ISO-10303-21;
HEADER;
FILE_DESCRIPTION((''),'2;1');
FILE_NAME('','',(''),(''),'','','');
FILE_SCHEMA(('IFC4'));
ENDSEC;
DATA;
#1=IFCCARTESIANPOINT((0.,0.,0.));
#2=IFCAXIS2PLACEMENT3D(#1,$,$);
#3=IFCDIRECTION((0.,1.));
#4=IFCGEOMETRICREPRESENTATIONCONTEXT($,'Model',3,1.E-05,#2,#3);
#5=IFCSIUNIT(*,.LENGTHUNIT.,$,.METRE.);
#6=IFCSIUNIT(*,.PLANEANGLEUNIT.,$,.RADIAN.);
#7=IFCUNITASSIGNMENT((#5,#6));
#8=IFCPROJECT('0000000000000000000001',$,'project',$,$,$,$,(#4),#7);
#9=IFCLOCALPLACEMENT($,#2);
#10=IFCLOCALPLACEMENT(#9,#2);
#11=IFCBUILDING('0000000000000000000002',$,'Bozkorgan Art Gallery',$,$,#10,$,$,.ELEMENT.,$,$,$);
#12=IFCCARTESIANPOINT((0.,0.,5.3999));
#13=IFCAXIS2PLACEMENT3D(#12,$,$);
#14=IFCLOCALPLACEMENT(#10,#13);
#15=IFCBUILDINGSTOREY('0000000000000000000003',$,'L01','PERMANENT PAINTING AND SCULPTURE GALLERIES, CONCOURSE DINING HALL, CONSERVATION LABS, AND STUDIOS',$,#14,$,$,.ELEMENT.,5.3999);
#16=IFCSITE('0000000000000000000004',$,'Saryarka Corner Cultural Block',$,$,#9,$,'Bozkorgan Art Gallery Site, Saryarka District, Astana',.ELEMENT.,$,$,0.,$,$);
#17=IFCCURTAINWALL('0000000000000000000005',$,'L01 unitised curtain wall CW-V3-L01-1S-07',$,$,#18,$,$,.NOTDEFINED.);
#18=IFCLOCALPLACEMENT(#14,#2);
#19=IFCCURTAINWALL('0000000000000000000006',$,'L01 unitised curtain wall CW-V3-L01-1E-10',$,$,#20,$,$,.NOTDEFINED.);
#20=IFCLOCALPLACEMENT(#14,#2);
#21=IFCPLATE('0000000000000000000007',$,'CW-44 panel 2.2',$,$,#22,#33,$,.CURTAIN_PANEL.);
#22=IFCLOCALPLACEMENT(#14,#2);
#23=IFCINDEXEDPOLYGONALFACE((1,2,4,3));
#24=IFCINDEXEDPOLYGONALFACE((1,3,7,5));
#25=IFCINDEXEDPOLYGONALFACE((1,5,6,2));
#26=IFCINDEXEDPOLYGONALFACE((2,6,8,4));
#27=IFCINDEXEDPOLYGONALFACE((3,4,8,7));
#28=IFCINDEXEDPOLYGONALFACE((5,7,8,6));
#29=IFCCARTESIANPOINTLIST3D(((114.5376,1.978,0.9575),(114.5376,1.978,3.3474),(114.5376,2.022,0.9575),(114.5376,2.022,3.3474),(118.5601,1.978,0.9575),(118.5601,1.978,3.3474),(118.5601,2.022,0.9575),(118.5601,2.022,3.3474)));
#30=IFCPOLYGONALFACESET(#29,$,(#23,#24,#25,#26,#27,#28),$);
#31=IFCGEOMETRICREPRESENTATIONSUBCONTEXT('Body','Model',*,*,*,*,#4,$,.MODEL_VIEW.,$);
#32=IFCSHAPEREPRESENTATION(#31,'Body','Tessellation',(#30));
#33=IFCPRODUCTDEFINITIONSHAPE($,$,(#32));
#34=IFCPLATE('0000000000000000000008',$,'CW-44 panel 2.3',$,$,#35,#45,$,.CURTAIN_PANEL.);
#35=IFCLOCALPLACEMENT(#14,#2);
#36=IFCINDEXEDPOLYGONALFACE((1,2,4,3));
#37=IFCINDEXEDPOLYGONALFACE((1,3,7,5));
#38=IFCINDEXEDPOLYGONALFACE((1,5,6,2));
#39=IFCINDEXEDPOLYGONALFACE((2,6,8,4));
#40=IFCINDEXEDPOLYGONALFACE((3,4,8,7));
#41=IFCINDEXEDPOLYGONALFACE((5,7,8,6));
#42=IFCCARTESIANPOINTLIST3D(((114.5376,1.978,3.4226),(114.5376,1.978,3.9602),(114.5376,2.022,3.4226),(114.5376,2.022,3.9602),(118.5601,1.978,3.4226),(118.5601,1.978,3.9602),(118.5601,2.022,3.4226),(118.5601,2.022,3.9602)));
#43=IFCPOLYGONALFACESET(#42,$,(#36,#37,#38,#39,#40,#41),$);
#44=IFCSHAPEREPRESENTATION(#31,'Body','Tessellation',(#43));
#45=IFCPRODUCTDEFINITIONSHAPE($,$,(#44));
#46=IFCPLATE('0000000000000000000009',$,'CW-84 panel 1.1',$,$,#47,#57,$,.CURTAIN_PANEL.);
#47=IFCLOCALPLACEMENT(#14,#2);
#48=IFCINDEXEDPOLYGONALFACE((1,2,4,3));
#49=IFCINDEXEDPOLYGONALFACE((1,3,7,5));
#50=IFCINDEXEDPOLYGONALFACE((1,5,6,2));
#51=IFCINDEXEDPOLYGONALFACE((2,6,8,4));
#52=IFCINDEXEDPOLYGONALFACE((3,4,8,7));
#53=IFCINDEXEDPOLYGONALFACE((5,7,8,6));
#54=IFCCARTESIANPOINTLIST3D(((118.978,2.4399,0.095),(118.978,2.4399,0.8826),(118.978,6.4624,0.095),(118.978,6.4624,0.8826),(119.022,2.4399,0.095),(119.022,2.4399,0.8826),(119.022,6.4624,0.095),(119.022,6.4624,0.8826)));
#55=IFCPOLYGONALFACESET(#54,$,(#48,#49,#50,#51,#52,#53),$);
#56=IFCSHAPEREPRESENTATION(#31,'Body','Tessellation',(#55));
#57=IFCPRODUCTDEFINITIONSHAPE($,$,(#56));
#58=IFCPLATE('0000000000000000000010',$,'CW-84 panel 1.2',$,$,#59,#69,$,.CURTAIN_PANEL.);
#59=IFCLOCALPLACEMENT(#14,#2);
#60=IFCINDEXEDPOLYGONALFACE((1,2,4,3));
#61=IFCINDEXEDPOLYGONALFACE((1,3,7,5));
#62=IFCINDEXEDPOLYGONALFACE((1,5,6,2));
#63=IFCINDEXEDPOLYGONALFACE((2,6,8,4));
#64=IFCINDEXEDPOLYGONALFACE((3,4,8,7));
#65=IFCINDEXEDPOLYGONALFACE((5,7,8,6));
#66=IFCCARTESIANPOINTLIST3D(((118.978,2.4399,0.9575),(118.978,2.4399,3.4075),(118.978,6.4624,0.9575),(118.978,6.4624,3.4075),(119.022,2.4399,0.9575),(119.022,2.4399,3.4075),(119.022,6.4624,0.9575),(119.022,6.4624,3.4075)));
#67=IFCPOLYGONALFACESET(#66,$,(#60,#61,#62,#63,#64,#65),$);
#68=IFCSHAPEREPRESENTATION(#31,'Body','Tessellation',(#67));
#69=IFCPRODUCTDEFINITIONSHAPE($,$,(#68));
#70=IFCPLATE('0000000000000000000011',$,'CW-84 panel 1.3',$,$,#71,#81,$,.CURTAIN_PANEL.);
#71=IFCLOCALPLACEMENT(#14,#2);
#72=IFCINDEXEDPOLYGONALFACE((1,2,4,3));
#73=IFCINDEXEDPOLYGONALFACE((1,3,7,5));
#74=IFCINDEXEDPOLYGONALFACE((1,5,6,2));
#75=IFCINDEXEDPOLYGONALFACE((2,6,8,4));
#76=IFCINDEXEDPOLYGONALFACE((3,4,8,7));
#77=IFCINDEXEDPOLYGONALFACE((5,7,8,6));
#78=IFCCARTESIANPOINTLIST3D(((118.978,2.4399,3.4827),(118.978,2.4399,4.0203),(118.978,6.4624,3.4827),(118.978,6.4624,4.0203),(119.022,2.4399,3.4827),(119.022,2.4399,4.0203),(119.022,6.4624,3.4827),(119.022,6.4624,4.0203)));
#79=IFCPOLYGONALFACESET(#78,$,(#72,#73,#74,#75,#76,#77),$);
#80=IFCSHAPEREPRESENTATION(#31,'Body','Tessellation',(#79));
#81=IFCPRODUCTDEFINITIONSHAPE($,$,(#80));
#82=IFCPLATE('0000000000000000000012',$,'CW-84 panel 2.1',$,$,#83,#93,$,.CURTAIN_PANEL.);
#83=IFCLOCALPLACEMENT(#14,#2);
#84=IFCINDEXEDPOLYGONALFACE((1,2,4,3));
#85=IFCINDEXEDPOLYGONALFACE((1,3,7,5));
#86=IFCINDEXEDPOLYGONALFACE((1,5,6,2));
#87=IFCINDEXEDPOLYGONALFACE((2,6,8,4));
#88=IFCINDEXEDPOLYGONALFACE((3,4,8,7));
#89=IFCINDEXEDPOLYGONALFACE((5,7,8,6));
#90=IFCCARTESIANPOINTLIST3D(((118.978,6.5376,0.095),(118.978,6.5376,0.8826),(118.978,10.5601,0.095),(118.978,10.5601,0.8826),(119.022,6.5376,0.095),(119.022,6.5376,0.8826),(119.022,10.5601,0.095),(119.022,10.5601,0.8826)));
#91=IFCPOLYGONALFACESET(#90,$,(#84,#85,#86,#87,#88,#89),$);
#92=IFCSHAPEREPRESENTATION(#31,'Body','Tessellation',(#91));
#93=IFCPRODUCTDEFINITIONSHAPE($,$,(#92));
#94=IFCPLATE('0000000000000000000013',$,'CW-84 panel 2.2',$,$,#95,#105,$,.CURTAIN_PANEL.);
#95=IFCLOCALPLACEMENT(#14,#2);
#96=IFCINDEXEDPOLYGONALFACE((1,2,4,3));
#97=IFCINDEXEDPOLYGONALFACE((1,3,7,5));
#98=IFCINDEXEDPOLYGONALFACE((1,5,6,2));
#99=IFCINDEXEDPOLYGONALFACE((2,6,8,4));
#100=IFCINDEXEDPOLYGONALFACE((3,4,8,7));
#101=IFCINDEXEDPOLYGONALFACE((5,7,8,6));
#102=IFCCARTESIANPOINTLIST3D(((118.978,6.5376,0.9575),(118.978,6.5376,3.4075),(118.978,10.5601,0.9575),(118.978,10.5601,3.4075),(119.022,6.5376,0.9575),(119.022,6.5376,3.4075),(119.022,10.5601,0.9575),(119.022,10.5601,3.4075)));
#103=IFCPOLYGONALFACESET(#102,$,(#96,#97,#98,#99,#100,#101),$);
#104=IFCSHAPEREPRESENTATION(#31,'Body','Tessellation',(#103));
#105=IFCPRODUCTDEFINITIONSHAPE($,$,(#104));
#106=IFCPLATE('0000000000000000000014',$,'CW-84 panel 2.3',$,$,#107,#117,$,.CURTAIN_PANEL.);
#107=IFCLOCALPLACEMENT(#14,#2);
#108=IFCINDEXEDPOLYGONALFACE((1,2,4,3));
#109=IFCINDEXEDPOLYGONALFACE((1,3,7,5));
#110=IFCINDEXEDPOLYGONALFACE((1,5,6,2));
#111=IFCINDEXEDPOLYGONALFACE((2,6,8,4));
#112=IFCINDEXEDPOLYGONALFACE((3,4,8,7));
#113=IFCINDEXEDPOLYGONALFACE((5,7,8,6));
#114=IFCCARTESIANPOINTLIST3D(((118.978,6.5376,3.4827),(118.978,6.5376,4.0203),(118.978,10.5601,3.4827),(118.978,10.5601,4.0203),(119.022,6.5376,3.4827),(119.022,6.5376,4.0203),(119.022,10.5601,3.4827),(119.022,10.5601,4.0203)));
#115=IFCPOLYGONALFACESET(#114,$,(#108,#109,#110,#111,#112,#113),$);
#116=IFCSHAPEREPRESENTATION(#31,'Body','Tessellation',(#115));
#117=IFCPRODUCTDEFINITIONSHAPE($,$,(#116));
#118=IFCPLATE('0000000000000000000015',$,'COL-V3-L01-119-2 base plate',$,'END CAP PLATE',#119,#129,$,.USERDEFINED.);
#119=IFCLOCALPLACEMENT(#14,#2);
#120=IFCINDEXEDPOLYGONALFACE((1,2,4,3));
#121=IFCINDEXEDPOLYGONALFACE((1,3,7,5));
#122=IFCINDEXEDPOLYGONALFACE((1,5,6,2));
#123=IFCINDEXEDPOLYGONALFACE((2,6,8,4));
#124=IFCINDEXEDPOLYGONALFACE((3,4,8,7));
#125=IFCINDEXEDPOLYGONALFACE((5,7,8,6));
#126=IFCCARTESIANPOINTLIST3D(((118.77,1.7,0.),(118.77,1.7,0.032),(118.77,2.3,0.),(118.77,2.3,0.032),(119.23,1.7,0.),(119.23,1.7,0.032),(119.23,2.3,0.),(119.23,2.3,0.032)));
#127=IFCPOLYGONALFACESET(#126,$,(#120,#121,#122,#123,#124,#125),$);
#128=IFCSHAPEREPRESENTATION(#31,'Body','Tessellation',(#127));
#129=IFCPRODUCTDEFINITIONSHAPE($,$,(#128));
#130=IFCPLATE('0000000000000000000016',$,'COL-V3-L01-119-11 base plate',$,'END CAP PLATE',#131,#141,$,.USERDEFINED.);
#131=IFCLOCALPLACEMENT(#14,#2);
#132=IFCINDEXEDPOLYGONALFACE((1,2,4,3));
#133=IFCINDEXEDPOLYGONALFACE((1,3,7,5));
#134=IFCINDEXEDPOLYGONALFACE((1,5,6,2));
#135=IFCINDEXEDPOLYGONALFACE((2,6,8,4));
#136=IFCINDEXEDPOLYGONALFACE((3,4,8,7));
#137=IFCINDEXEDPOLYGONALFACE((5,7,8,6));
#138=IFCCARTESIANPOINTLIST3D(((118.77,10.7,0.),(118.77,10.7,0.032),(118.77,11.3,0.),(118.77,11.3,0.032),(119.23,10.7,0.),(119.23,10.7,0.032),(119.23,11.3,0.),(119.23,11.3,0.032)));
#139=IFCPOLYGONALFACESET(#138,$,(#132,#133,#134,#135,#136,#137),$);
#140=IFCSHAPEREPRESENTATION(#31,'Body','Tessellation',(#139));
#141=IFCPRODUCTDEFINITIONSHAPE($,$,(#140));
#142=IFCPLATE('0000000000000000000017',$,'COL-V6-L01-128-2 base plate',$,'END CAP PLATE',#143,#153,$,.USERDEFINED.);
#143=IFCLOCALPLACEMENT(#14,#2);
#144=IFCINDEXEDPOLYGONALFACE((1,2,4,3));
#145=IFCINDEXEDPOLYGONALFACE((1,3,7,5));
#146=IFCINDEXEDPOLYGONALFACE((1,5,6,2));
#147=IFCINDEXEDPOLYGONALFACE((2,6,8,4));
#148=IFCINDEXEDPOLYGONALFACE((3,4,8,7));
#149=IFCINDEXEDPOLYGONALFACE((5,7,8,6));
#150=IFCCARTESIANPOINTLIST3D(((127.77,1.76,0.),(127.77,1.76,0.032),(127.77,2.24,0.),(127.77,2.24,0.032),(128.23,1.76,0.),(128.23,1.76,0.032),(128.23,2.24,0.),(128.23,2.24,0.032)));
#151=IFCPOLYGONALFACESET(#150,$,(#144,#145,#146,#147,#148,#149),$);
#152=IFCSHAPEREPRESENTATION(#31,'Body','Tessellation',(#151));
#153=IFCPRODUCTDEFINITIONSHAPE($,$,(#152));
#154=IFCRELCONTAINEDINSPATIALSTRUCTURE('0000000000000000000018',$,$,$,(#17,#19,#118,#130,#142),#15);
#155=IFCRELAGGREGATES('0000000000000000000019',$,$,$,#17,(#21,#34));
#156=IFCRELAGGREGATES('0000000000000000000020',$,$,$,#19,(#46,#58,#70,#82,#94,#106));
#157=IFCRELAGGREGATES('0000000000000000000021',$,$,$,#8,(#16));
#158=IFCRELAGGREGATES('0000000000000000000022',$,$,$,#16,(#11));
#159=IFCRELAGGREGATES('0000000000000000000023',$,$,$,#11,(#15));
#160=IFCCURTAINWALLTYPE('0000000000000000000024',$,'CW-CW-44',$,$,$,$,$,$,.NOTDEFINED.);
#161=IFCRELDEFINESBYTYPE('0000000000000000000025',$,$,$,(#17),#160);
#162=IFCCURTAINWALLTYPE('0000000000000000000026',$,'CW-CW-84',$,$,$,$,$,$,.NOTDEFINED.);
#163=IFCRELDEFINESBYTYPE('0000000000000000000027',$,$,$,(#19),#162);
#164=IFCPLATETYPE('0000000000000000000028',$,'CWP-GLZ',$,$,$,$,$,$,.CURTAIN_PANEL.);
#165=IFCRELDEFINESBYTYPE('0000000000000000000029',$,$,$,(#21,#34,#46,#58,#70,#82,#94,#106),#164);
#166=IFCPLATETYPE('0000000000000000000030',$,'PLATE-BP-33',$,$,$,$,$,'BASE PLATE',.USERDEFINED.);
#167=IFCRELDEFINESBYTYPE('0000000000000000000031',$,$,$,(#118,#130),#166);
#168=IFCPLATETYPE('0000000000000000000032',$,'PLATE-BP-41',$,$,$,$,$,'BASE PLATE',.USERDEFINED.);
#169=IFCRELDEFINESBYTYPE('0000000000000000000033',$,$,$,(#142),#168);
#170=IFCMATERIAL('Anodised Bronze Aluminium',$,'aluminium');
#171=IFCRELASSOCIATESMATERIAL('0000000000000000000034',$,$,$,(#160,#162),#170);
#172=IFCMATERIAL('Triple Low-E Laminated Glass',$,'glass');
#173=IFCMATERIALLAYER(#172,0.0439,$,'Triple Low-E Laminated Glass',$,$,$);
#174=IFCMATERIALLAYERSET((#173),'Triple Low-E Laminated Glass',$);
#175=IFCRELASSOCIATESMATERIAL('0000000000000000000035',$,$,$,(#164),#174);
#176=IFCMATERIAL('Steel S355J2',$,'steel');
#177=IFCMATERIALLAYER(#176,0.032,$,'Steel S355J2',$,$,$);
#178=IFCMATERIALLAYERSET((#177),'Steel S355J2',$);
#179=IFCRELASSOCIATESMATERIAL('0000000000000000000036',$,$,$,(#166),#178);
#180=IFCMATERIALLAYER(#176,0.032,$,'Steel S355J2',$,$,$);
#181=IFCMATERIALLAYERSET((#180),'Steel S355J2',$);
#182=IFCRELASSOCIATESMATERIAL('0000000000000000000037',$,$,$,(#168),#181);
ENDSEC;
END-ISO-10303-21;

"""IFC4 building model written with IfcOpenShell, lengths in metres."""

from ifc_helpers import new_model, si_unit, direction, frame, origin, origin_2d, place, context, subcontext, project, spatial, rectangle, extrude, material, layer, layer_set, type_object, element, aggregate, save


model = new_model("IFC4")

# Units and contexts
model_context = context("Model", 3, precision=1e-05, world=origin(), true_north=direction((0.0, 1.0)))
body_context = subcontext(model_context, "Body", "Model", "MODEL_VIEW")
ifc_project = project(units=[si_unit("LENGTHUNIT", "METRE"), si_unit("PLANEANGLEUNIT", "RADIAN")], contexts=[model_context])

# Site, building, storey
site_placement = place(None, origin())
site = spatial("IfcSite", under=ifc_project, at=site_placement, Name="Saryarka Corner Cultural Block", LongName="Bozkorgan Art Gallery Site, Saryarka District, Astana", CompositionType="ELEMENT", RefElevation=0.0)
building_placement = place(site_placement, origin())
building = spatial("IfcBuilding", under=site, at=building_placement, Name="Bozkorgan Art Gallery", CompositionType="ELEMENT")
storey_placement = place(building_placement, frame((0.0, 0.0, 5.3999)))
storey = spatial("IfcBuildingStorey", under=building, at=storey_placement, Name="L01", Description="PERMANENT PAINTING AND SCULPTURE GALLERIES, CONCOURSE DINING HALL, CONSERVATION LABS, AND STUDIOS", CompositionType="ELEMENT", Elevation=5.3999)

# Shared definitions
ifc_material_1 = material(Name="Steel S355J2", Category="steel")

# Curtain walls
ifc_material_2 = material(Name="Anodised Bronze Aluminium", Category="aluminium")
curtain_wall_type_1 = type_object("IfcCurtainWallType", Name="CW-CW-44", PredefinedType="NOTDEFINED", material=ifc_material_2)
curtain_wall_1_placement = place(storey_placement, origin())
curtain_wall_1 = element("IfcCurtainWall", 1, at=curtain_wall_1_placement, inside=storey, type_object=curtain_wall_type_1, Name="L01 unitised curtain wall CW-V3-L01-1S-07", PredefinedType="NOTDEFINED")
curtain_wall_type_2 = type_object("IfcCurtainWallType", Name="CW-CW-84", PredefinedType="NOTDEFINED", material=ifc_material_2)
curtain_wall_2_placement = place(storey_placement, origin())
curtain_wall_2 = element("IfcCurtainWall", 2, at=curtain_wall_2_placement, inside=storey, type_object=curtain_wall_type_2, Name="L01 unitised curtain wall CW-V3-L01-1E-10", PredefinedType="NOTDEFINED")

# Plates
ifc_material_3 = material(Name="Triple Low-E Laminated Glass", Category="glass")
ifc_layer_1 = layer(ifc_material_3, 0.0439, Name="Triple Low-E Laminated Glass")
ifc_layer_set_1 = layer_set([ifc_layer_1], Name="Triple Low-E Laminated Glass")
plate_type_1 = type_object("IfcPlateType", Name="CWP-GLZ", PredefinedType="CURTAIN_PANEL", material=ifc_layer_set_1)
plate_1_placement = place(storey_placement, frame((116.5488, 2.0, 0.9575), z_axis=(0.0, 0.0, 1.0), x_axis=(1.0, 0.0, 0.0)))
plate_1 = element("IfcPlate", 3, at=plate_1_placement, type_object=plate_type_1, Name="CW-44 panel 2.2", PredefinedType="CURTAIN_PANEL", context=body_context, shape_type="SweptSolid", body=[
    extrude(rectangle(XDim=4.0225, YDim=0.0439, at=origin_2d()), origin(), (0.0, 0.0, 1.0), 2.3899),
])
plate_2_placement = place(storey_placement, frame((116.5488, 2.0, 3.4226), z_axis=(0.0, 0.0, 1.0), x_axis=(1.0, 0.0, 0.0)))
plate_2 = element("IfcPlate", 4, at=plate_2_placement, type_object=plate_type_1, Name="CW-44 panel 2.3", PredefinedType="CURTAIN_PANEL", context=body_context, shape_type="SweptSolid", body=[
    extrude(rectangle(XDim=4.0225, YDim=0.0439, at=origin_2d()), origin(), (0.0, 0.0, 1.0), 0.5376),
])
aggregate(curtain_wall_1, [plate_1, plate_2])
plate_3_placement = place(storey_placement, frame((119.0, 4.4512, 0.095), z_axis=(0.0, 0.0, 1.0), x_axis=(0.0, 1.0, 0.0)))
plate_3 = element("IfcPlate", 5, at=plate_3_placement, type_object=plate_type_1, Name="CW-84 panel 1.1", PredefinedType="CURTAIN_PANEL", context=body_context, shape_type="SweptSolid", body=[
    extrude(rectangle(XDim=4.0225, YDim=0.0439, at=origin_2d()), origin(), (0.0, 0.0, 1.0), 0.7876),
])
plate_4_placement = place(storey_placement, frame((119.0, 4.4512, 0.9575), z_axis=(0.0, 0.0, 1.0), x_axis=(0.0, 1.0, 0.0)))
plate_4 = element("IfcPlate", 6, at=plate_4_placement, type_object=plate_type_1, Name="CW-84 panel 1.2", PredefinedType="CURTAIN_PANEL", context=body_context, shape_type="SweptSolid", body=[
    extrude(rectangle(XDim=4.0225, YDim=0.0439, at=origin_2d()), origin(), (0.0, 0.0, 1.0), 2.45),
])
plate_5_placement = place(storey_placement, frame((119.0, 4.4512, 3.4827), z_axis=(0.0, 0.0, 1.0), x_axis=(0.0, 1.0, 0.0)))
plate_5 = element("IfcPlate", 7, at=plate_5_placement, type_object=plate_type_1, Name="CW-84 panel 1.3", PredefinedType="CURTAIN_PANEL", context=body_context, shape_type="SweptSolid", body=[
    extrude(rectangle(XDim=4.0225, YDim=0.0439, at=origin_2d()), origin(), (0.0, 0.0, 1.0), 0.5376),
])
plate_6_placement = place(storey_placement, frame((119.0, 8.5488, 0.095), z_axis=(0.0, 0.0, 1.0), x_axis=(0.0, 1.0, 0.0)))
plate_6 = element("IfcPlate", 8, at=plate_6_placement, type_object=plate_type_1, Name="CW-84 panel 2.1", PredefinedType="CURTAIN_PANEL", context=body_context, shape_type="SweptSolid", body=[
    extrude(rectangle(XDim=4.0225, YDim=0.0439, at=origin_2d()), origin(), (0.0, 0.0, 1.0), 0.7876),
])
plate_7_placement = place(storey_placement, frame((119.0, 8.5488, 0.9575), z_axis=(0.0, 0.0, 1.0), x_axis=(0.0, 1.0, 0.0)))
plate_7 = element("IfcPlate", 9, at=plate_7_placement, type_object=plate_type_1, Name="CW-84 panel 2.2", PredefinedType="CURTAIN_PANEL", context=body_context, shape_type="SweptSolid", body=[
    extrude(rectangle(XDim=4.0225, YDim=0.0439, at=origin_2d()), origin(), (0.0, 0.0, 1.0), 2.45),
])
plate_8_placement = place(storey_placement, frame((119.0, 8.5488, 3.4827), z_axis=(0.0, 0.0, 1.0), x_axis=(0.0, 1.0, 0.0)))
plate_8 = element("IfcPlate", 10, at=plate_8_placement, type_object=plate_type_1, Name="CW-84 panel 2.3", PredefinedType="CURTAIN_PANEL", context=body_context, shape_type="SweptSolid", body=[
    extrude(rectangle(XDim=4.0225, YDim=0.0439, at=origin_2d()), origin(), (0.0, 0.0, 1.0), 0.5376),
])
aggregate(curtain_wall_2, [plate_3, plate_4, plate_5, plate_6, plate_7, plate_8])

# Plates
ifc_layer_2 = layer(ifc_material_1, 0.032, Name="Steel S355J2")
ifc_layer_set_2 = layer_set([ifc_layer_2], Name="Steel S355J2")
plate_type_2 = type_object("IfcPlateType", Name="PLATE-BP-33", ElementType="BASE PLATE", PredefinedType="USERDEFINED", material=ifc_layer_set_2)
for number, where, z_axis, x_axis, name in (
    (11, (119.0, 2.0, 0.0), (0.0, 0.0, 1.0), (1.0, 0.0, 0.0), "COL-V3-L01-119-2 base plate"),
    (12, (119.0, 11.0, 0.0), (0.0, 0.0, 1.0), (1.0, 0.0, 0.0), "COL-V3-L01-119-11 base plate"),
):
    element("IfcPlate", number, at=place(storey_placement, frame(where, z_axis=z_axis, x_axis=x_axis)), inside=storey, type_object=plate_type_2, Name=name, ObjectType="END CAP PLATE", PredefinedType="USERDEFINED", context=body_context, shape_type="SweptSolid", body=[
        extrude(rectangle(XDim=0.46, YDim=0.6001, at=origin_2d()), origin(), (0.0, 0.0, 1.0), 0.032),
    ])
ifc_layer_3 = layer(ifc_material_1, 0.032, Name="Steel S355J2")
ifc_layer_set_3 = layer_set([ifc_layer_3], Name="Steel S355J2")
plate_type_3 = type_object("IfcPlateType", Name="PLATE-BP-41", ElementType="BASE PLATE", PredefinedType="USERDEFINED", material=ifc_layer_set_3)
plate_9_placement = place(storey_placement, frame((128.0, 2.0, 0.0), z_axis=(0.0, 0.0, 1.0), x_axis=(1.0, 0.0, 0.0)))
element("IfcPlate", 13, at=plate_9_placement, inside=storey, type_object=plate_type_3, Name="COL-V6-L01-128-2 base plate", ObjectType="END CAP PLATE", PredefinedType="USERDEFINED", context=body_context, shape_type="SweptSolid", body=[
    extrude(rectangle(XDim=0.46, YDim=0.48, at=origin_2d()), origin(), (0.0, 0.0, 1.0), 0.032),
])

save(model, "model.ifc")
